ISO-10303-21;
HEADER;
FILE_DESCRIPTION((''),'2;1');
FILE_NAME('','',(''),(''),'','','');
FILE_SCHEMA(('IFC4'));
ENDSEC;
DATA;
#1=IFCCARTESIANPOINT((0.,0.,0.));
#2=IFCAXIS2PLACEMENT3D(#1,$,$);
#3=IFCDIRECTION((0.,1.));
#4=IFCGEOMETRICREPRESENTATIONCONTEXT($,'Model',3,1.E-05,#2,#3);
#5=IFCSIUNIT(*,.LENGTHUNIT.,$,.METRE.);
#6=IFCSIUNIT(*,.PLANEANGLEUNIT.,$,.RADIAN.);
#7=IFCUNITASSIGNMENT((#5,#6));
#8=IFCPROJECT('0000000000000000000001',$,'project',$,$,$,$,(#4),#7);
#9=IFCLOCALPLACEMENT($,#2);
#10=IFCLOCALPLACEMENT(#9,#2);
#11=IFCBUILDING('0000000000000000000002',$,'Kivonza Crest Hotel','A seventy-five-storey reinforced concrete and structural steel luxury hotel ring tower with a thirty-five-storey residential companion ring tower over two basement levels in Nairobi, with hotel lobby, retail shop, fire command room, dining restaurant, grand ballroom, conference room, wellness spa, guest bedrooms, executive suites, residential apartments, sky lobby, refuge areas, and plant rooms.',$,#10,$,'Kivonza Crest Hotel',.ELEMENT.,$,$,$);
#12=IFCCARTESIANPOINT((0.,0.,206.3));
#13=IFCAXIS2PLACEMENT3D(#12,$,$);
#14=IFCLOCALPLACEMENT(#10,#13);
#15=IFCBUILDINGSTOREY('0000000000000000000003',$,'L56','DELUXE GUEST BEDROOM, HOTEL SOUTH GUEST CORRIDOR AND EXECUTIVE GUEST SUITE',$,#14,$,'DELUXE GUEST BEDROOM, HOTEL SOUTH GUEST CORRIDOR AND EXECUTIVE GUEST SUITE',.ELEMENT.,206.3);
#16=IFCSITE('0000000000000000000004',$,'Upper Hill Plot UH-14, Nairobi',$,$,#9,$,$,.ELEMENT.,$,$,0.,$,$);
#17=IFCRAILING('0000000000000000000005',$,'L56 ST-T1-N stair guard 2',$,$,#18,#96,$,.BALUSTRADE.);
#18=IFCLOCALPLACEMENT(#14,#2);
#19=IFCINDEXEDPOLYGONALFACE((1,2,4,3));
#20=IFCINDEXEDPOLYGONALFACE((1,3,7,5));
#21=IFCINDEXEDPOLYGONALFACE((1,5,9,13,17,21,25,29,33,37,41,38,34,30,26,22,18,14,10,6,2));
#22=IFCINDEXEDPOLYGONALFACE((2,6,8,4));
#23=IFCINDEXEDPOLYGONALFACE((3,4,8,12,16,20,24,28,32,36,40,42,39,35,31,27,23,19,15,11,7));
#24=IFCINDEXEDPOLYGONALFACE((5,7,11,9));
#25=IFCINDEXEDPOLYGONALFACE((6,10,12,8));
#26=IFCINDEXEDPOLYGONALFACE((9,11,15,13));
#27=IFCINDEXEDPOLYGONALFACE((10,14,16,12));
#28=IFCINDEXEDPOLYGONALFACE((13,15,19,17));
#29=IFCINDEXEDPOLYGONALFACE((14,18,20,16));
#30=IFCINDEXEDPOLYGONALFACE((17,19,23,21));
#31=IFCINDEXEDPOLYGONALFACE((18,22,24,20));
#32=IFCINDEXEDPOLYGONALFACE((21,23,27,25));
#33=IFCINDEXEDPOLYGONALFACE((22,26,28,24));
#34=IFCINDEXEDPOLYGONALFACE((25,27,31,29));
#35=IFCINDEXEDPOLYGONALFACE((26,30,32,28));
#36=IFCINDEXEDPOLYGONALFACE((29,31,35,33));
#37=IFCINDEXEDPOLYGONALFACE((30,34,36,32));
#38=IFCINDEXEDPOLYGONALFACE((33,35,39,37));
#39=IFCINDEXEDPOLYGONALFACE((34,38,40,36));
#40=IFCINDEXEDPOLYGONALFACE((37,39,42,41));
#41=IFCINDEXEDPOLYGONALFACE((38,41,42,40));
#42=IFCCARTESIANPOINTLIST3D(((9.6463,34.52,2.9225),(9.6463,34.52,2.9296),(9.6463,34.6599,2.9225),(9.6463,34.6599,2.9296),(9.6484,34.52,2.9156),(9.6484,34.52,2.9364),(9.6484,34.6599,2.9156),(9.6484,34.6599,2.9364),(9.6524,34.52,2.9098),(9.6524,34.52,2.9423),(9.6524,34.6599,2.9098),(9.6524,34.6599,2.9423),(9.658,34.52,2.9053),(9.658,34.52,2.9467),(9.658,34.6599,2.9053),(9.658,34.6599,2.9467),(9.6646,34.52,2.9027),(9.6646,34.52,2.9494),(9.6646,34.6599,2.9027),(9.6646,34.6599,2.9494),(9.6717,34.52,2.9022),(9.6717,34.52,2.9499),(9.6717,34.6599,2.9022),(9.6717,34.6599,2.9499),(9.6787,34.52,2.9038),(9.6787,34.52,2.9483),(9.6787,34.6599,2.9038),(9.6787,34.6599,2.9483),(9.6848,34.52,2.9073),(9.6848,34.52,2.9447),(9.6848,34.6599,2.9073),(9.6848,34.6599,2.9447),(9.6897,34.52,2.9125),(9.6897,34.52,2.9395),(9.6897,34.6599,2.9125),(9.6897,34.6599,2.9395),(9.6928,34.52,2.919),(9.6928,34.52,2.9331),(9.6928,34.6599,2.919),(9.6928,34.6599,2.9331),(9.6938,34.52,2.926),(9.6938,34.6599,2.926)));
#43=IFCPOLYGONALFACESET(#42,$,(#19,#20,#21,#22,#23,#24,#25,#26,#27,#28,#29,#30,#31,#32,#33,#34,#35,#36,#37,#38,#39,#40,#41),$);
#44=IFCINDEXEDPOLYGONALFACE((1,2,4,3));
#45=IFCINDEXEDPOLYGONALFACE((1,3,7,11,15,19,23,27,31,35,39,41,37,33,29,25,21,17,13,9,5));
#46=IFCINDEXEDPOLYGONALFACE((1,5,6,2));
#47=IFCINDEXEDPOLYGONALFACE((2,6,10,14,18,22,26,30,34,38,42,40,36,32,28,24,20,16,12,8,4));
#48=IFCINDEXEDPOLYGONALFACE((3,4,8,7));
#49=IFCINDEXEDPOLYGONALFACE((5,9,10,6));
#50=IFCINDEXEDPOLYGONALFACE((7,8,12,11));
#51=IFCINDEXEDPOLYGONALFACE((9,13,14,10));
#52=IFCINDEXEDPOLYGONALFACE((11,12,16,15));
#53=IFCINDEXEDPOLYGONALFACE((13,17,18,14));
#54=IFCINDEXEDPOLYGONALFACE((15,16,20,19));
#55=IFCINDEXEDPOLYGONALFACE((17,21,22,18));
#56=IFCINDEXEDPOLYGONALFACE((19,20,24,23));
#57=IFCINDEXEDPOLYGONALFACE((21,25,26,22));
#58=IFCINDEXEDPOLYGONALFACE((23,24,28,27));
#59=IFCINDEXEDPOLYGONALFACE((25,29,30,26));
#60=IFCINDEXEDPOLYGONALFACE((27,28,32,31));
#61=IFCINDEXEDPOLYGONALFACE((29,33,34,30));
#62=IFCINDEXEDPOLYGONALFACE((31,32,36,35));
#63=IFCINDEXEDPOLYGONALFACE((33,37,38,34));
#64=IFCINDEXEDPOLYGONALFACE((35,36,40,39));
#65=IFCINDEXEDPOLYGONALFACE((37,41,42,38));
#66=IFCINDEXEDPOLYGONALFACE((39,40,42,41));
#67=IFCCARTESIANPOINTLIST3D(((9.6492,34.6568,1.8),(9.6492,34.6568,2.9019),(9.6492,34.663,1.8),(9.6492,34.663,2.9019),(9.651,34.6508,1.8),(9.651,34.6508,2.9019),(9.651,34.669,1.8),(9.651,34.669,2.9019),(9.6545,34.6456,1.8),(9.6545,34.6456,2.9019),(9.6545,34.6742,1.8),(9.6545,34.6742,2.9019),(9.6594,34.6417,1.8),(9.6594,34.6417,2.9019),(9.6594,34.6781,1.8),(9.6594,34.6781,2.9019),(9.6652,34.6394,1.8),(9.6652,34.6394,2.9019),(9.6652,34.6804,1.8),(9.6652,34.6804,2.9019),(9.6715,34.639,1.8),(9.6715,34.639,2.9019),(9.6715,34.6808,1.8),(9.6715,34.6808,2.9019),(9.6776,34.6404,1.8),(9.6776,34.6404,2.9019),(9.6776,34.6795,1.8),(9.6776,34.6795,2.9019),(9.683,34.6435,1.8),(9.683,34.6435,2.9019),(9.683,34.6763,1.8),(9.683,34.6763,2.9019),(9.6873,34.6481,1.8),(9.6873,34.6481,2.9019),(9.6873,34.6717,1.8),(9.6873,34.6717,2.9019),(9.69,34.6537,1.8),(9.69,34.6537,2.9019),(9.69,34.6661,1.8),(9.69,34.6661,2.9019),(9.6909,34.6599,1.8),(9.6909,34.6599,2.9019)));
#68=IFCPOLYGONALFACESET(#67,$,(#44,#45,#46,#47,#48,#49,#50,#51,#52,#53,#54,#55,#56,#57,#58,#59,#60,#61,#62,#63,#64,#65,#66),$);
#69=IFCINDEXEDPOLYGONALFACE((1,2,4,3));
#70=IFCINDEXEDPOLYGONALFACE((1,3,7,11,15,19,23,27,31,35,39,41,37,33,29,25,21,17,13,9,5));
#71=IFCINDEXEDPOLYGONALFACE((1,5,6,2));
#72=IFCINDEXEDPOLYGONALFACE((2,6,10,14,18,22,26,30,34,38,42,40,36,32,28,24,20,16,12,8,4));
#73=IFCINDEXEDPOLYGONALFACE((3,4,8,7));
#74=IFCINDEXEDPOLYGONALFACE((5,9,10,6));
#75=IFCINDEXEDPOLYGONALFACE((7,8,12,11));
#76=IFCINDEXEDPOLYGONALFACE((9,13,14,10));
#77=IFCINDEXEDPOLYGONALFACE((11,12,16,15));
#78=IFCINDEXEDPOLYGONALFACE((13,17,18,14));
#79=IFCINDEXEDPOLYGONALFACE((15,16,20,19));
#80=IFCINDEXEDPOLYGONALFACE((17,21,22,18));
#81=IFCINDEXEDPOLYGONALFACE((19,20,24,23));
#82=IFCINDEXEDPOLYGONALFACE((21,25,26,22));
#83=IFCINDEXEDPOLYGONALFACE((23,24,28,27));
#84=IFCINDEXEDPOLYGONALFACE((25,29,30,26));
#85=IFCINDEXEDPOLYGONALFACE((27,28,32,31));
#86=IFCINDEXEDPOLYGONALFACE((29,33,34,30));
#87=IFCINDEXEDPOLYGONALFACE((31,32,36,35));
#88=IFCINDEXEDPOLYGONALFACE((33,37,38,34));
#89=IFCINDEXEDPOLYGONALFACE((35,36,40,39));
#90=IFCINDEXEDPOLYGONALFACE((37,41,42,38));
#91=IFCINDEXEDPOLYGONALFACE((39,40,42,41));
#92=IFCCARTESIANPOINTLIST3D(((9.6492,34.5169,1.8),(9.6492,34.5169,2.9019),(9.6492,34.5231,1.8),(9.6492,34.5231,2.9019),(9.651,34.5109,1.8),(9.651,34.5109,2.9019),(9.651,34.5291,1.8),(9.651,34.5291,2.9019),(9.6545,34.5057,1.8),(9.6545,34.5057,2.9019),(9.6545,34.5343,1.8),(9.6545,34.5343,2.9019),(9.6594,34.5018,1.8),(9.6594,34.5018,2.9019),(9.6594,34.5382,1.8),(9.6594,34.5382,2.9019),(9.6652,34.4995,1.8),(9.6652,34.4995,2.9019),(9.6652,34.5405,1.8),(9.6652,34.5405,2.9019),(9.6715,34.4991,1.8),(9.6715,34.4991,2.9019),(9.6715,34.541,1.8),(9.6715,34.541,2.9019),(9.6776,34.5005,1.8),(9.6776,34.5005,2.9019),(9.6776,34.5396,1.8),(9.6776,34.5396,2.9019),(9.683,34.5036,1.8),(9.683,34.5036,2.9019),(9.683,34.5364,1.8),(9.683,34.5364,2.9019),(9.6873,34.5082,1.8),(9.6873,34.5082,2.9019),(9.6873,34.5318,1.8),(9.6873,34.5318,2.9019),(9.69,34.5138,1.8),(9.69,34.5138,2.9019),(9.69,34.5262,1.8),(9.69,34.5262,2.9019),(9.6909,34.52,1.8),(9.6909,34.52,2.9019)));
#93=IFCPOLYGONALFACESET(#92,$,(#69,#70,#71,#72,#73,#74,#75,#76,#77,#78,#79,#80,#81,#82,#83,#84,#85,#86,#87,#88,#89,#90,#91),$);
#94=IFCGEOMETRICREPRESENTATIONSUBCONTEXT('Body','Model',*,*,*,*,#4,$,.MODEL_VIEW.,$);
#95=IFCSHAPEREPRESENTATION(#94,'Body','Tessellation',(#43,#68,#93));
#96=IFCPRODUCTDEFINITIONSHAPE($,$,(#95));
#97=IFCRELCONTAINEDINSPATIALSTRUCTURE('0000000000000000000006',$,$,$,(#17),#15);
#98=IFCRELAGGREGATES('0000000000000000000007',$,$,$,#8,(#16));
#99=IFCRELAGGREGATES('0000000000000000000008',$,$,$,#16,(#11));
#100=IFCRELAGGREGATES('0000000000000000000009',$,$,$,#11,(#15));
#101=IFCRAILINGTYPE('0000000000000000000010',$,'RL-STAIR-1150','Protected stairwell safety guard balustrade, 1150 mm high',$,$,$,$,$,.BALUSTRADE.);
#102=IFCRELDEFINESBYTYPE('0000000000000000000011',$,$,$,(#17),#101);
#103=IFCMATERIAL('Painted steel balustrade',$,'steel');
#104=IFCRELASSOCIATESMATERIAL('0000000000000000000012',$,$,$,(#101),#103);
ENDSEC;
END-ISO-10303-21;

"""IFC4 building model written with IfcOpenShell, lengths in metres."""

from ifc_helpers import new_model, si_unit, direction, frame, origin, origin_2d, place, context, subcontext, project, spatial, circle, extrude, material, type_object, element, save


model = new_model("IFC4")

# Units and contexts
model_context = context("Model", 3, precision=1e-05, world=origin(), true_north=direction((0.0, 1.0)))
body_context = subcontext(model_context, "Body", "Model", "MODEL_VIEW")
ifc_project = project(units=[si_unit("LENGTHUNIT", "METRE"), si_unit("PLANEANGLEUNIT", "RADIAN")], contexts=[model_context])

# Site, building, storey
site_placement = place(None, origin())
site = spatial("IfcSite", under=ifc_project, at=site_placement, Name="Upper Hill Plot UH-14, Nairobi", CompositionType="ELEMENT", RefElevation=0.0)
building_placement = place(site_placement, origin())
building = spatial("IfcBuilding", under=site, at=building_placement, Name="Kivonza Crest Hotel", Description="A seventy-five-storey reinforced concrete and structural steel luxury hotel ring tower with a thirty-five-storey residential companion ring tower over two basement levels in Nairobi, with hotel lobby, retail shop, fire command room, dining restaurant, grand ballroom, conference room, wellness spa, guest bedrooms, executive suites, residential apartments, sky lobby, refuge areas, and plant rooms.", LongName="Kivonza Crest Hotel", CompositionType="ELEMENT")
storey_placement = place(building_placement, frame((0.0, 0.0, 206.3)))
storey = spatial("IfcBuildingStorey", under=building, at=storey_placement, Name="L56", Description="DELUXE GUEST BEDROOM, HOTEL SOUTH GUEST CORRIDOR AND EXECUTIVE GUEST SUITE", LongName="DELUXE GUEST BEDROOM, HOTEL SOUTH GUEST CORRIDOR AND EXECUTIVE GUEST SUITE", CompositionType="ELEMENT", Elevation=206.3)

# Railing
ifc_material_1 = material(Name="Painted steel balustrade", Category="steel")
railing_type_1 = type_object("IfcRailingType", Name="RL-STAIR-1150", Description="Protected stairwell safety guard balustrade, 1150 mm high", PredefinedType="BALUSTRADE", material=ifc_material_1)
railing_1_placement = place(storey_placement, frame((9.6699, 34.6599, 1.8)))
element("IfcRailing", 1, at=railing_1_placement, inside=storey, type_object=railing_type_1, Name="L56 ST-T1-N stair guard 2", PredefinedType="BALUSTRADE", context=body_context, shape_type="SweptSolid", body=[
    extrude(circle(Radius=0.0239, at=origin_2d()), frame((0.0, 0.0, 1.126), z_axis=(0.0, -1.0, 0.0), x_axis=(1.0, 0.0, 0.0)), (0.0, 0.0, 1.0), 0.1399),
    extrude(circle(Radius=0.021, at=origin_2d()), origin(), (0.0, 0.0, 1.0), 1.1018),
    extrude(circle(Radius=0.021, at=origin_2d()), frame((0.0, -0.1399, 0.0)), (0.0, 0.0, 1.0), 1.1018),
])

save(model, "model.ifc")
